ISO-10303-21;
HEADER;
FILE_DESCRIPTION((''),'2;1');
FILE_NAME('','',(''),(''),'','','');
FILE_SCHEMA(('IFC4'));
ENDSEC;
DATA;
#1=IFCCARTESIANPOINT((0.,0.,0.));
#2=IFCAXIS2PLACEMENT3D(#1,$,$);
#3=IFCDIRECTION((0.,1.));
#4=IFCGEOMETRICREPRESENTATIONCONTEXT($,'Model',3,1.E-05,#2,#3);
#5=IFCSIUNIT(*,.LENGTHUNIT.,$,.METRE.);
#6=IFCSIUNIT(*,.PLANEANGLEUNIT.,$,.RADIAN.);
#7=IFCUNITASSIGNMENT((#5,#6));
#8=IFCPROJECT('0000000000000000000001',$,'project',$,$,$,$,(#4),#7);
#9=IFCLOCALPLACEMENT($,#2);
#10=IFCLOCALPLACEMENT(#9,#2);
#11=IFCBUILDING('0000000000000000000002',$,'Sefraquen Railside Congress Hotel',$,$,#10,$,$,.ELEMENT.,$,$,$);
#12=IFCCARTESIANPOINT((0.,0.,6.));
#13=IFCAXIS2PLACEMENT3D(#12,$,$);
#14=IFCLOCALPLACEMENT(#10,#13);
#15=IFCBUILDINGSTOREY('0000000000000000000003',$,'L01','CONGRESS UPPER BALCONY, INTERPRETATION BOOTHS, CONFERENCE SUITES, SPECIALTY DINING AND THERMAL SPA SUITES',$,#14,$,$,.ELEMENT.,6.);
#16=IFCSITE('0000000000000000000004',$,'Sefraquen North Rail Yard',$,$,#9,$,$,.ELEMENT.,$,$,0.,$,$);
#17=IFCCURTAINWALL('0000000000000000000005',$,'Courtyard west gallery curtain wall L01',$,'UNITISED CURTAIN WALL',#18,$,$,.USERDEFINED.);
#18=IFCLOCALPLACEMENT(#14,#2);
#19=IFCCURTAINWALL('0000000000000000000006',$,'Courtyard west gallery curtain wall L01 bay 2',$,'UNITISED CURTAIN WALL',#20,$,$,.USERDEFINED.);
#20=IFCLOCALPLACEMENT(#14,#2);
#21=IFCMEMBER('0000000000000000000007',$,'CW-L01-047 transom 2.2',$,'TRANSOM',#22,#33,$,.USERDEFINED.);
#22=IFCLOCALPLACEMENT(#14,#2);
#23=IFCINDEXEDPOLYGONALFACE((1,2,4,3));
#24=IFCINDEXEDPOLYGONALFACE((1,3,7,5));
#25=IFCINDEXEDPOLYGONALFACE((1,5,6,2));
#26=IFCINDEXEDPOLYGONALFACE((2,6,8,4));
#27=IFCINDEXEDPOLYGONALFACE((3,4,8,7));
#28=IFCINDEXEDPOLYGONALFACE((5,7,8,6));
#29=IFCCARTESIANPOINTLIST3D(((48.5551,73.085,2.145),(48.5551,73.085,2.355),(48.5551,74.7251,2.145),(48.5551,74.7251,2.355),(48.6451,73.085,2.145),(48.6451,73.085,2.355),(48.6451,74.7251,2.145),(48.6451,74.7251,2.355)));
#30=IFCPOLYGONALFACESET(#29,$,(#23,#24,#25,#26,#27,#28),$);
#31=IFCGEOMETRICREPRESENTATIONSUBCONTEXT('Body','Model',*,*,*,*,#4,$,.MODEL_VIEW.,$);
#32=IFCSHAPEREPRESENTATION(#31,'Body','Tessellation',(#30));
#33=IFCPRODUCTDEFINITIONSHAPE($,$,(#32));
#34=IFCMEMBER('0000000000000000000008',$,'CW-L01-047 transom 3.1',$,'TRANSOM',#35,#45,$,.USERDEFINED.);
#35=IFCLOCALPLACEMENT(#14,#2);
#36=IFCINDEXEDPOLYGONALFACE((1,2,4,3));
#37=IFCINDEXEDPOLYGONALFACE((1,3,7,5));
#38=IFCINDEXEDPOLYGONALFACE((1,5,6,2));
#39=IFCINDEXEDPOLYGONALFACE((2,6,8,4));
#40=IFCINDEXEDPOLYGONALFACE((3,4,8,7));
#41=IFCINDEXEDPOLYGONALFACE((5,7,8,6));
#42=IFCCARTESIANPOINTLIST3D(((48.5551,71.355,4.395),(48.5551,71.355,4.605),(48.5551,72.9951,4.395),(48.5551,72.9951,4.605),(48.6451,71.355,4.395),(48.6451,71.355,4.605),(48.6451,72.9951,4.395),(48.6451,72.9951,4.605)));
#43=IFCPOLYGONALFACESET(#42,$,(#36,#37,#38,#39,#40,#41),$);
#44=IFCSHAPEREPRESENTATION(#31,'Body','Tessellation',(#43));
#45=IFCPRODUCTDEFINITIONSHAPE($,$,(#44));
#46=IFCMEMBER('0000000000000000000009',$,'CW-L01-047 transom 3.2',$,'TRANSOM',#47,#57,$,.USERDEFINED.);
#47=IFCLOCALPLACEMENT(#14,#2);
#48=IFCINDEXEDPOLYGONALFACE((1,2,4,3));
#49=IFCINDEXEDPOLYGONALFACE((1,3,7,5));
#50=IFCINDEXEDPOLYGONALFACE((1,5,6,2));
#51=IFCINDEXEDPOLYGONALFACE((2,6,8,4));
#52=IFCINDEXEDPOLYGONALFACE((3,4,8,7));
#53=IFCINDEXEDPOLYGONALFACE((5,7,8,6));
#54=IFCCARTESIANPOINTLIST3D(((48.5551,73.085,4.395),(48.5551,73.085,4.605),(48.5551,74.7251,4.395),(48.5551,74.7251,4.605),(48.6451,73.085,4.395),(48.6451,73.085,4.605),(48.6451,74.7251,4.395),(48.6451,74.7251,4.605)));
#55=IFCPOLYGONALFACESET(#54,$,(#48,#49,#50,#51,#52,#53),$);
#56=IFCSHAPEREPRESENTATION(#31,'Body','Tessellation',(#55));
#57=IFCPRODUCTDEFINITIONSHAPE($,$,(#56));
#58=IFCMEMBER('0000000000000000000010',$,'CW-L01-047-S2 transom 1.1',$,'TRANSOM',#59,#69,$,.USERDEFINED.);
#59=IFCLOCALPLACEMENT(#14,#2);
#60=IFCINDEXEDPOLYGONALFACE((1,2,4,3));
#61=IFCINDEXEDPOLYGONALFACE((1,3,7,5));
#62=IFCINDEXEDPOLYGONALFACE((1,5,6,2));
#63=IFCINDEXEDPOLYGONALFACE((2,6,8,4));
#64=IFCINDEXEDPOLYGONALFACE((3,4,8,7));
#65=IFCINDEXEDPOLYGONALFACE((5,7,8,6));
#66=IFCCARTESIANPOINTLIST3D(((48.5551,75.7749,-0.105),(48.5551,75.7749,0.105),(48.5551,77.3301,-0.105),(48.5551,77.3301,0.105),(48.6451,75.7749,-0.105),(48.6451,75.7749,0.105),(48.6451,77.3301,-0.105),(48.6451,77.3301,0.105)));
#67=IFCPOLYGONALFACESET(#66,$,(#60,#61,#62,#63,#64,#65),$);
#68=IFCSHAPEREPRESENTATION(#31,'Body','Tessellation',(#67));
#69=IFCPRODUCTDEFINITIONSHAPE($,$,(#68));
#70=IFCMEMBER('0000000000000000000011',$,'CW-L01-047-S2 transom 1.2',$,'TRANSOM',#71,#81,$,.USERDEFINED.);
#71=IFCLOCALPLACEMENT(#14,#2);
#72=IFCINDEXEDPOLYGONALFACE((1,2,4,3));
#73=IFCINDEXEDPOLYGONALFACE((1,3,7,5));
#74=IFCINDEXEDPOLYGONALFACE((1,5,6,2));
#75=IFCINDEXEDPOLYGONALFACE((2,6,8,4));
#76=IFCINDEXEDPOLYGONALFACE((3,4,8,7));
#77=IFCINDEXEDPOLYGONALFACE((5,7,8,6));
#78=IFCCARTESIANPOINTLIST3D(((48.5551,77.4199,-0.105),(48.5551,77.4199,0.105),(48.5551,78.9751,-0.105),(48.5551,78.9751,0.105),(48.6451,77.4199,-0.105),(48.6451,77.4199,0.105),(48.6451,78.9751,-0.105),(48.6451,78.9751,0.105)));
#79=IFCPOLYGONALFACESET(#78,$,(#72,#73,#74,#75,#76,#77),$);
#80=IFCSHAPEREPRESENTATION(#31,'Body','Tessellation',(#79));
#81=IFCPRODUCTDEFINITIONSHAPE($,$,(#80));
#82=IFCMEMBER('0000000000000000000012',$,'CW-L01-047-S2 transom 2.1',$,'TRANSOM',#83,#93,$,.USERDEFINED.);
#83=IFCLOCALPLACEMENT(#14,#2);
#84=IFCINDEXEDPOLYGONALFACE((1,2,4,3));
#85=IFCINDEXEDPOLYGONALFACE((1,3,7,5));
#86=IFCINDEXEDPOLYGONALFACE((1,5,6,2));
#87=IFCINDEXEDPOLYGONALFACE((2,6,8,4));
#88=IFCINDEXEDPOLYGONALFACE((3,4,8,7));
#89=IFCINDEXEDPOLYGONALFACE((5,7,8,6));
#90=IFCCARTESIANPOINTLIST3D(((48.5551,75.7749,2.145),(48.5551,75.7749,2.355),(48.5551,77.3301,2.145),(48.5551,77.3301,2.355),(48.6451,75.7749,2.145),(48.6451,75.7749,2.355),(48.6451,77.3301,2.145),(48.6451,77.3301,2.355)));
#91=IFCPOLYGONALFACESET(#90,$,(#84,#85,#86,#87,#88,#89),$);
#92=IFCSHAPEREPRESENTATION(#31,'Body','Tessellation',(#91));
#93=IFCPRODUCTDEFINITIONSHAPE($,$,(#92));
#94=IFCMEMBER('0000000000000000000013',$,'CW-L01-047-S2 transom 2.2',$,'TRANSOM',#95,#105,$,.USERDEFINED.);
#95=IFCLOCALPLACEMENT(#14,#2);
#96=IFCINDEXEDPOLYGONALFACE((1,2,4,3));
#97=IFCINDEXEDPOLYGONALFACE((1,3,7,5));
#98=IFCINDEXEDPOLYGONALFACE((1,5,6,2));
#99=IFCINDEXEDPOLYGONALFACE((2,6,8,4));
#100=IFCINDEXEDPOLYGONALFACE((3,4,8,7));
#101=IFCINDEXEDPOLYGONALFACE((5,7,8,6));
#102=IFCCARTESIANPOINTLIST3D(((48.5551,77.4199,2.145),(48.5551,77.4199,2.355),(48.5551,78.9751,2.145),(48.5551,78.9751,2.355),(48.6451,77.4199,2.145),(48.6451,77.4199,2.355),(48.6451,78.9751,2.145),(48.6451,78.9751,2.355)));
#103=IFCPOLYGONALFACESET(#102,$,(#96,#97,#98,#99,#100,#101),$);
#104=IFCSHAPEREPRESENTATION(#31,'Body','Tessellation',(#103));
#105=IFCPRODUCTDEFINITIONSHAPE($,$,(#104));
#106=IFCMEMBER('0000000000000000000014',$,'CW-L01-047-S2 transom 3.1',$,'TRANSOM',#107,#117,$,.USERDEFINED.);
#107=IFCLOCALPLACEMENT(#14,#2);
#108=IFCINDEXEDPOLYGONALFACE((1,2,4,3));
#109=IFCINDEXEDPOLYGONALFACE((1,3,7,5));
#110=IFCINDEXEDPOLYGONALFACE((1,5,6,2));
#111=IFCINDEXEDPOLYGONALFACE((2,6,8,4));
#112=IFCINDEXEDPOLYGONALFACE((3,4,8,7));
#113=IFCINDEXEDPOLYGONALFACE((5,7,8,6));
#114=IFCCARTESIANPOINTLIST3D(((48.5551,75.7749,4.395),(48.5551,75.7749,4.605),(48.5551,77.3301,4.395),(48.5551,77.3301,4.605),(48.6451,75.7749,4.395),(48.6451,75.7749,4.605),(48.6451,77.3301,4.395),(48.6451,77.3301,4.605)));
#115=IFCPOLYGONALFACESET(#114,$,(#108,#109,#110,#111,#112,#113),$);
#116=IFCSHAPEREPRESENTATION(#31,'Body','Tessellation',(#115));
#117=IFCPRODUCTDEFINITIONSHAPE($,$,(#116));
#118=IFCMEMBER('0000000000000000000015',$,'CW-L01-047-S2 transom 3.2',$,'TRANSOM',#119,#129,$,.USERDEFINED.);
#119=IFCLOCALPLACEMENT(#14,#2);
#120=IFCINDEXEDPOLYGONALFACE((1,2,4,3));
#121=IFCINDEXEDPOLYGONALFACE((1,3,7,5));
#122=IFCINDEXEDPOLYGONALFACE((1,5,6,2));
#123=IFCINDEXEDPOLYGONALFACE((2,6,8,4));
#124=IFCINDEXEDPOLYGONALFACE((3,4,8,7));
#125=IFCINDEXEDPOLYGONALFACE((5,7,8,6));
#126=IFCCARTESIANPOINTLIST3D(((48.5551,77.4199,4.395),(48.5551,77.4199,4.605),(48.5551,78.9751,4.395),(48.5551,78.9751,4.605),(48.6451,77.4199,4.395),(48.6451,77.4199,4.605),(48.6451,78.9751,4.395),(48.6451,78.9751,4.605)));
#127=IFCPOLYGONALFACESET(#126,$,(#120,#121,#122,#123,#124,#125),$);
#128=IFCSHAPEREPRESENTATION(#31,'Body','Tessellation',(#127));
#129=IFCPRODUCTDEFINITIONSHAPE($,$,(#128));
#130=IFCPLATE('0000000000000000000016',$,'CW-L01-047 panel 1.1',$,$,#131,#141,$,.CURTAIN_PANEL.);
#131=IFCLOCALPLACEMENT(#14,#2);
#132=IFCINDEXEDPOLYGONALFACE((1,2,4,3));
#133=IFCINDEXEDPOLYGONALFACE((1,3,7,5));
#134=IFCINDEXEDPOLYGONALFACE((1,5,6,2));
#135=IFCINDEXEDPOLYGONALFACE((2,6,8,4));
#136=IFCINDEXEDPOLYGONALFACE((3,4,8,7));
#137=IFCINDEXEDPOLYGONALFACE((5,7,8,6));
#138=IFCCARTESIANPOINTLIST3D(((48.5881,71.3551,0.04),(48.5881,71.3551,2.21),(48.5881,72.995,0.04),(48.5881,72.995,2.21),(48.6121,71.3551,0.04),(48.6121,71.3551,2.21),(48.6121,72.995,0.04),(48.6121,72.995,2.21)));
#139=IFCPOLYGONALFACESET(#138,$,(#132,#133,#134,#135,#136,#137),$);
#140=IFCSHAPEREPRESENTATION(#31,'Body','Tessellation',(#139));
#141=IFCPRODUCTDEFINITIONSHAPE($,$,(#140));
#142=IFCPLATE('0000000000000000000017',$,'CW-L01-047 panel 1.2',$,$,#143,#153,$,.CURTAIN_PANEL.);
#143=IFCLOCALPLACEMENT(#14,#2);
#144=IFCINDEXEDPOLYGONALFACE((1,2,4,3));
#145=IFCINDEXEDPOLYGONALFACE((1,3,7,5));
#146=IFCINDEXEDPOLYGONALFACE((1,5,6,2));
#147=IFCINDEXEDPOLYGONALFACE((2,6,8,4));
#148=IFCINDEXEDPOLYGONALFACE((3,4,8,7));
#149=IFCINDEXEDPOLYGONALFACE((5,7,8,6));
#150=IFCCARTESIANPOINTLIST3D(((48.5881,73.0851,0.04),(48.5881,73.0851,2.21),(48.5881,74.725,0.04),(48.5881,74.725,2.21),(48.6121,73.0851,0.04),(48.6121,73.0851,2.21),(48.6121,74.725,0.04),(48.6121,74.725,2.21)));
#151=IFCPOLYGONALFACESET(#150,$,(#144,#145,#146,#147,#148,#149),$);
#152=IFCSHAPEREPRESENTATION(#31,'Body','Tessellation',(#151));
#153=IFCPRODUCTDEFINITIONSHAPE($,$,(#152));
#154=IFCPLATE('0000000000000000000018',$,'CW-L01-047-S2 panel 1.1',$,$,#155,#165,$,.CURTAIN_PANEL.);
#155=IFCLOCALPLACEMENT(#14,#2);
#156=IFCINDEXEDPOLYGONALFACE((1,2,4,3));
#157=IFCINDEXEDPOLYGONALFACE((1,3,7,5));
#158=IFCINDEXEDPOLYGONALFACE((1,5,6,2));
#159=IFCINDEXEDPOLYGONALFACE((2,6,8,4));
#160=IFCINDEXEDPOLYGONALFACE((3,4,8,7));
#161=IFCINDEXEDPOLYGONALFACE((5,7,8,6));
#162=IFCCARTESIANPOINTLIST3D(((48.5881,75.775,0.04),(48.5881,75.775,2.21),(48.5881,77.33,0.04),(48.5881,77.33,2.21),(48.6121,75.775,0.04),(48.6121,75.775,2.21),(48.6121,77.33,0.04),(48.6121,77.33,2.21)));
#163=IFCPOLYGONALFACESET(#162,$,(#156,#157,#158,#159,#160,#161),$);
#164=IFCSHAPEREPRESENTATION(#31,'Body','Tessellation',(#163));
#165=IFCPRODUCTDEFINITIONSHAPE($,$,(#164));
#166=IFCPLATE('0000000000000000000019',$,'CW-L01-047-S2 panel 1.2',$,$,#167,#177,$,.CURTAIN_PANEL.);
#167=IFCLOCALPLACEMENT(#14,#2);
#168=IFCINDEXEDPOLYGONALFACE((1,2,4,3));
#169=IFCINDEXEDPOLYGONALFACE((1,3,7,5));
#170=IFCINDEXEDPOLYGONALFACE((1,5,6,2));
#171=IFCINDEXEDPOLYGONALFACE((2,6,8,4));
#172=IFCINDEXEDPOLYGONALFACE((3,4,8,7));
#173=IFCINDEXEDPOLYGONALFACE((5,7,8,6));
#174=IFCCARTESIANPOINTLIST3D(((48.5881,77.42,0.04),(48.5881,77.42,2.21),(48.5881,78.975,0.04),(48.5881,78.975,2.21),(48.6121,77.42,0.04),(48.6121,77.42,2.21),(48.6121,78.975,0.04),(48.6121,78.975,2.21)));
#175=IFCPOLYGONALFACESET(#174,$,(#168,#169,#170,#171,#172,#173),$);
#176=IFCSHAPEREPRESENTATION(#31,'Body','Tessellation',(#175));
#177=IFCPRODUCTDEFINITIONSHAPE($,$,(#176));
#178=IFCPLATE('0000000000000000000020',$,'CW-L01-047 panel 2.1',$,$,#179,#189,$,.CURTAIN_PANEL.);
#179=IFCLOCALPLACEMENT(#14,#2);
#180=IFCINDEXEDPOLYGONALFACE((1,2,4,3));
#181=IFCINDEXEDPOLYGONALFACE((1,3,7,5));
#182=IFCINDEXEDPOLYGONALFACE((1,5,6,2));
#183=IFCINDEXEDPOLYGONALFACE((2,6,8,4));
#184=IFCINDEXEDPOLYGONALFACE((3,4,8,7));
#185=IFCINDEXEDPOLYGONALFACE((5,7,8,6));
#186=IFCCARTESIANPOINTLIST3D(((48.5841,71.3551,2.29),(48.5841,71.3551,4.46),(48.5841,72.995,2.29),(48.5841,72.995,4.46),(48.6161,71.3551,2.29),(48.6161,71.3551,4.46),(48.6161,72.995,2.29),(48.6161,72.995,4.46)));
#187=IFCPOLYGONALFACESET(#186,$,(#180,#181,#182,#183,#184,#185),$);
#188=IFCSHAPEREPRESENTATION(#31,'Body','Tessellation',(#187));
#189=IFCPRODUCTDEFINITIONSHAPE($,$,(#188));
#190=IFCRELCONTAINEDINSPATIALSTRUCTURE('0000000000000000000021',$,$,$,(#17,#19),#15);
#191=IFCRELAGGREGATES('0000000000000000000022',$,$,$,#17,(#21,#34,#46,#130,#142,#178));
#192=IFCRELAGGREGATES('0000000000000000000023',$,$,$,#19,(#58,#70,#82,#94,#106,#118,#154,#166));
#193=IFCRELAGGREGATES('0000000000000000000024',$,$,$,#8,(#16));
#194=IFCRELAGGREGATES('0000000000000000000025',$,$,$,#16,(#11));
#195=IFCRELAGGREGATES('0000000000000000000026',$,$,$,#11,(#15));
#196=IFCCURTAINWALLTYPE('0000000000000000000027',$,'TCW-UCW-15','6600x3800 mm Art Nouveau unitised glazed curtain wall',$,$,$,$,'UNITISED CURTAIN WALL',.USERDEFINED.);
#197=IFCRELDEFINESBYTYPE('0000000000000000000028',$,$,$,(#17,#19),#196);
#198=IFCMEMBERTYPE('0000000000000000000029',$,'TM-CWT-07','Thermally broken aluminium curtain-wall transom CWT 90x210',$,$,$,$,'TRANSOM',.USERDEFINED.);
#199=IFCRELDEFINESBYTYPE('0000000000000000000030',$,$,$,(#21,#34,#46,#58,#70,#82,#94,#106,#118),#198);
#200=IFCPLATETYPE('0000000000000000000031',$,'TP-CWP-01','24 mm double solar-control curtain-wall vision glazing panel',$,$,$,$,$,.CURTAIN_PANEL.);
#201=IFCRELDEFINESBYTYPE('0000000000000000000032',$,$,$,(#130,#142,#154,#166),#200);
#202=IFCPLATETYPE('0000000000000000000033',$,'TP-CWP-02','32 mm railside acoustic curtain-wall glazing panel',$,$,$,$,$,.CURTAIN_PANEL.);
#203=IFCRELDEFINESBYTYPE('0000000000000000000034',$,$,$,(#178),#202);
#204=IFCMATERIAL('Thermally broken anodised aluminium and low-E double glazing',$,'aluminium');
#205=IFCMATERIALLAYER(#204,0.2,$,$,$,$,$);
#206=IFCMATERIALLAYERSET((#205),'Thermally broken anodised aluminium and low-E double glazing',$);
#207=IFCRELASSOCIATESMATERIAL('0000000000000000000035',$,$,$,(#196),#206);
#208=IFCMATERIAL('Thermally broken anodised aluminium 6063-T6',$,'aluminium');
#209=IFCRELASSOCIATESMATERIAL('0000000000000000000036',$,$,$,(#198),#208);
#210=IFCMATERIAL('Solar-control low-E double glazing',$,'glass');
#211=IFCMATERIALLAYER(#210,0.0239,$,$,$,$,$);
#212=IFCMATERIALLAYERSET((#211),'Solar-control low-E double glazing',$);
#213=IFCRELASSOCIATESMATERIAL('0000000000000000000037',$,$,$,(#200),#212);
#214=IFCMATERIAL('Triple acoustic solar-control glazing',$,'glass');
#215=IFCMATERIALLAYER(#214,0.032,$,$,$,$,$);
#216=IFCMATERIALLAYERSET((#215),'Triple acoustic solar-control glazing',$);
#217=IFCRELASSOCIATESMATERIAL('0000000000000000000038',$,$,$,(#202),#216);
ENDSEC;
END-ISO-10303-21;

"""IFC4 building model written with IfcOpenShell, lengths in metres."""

from ifc_helpers import new_model, si_unit, direction, frame, origin, origin_2d, place, context, subcontext, project, spatial, rectangle, extrude, material, layer, layer_set, material_profile, profile_set, type_object, element, aggregate, save


model = new_model("IFC4")

# Units and contexts
model_context = context("Model", 3, precision=1e-05, world=origin(), true_north=direction((0.0, 1.0)))
body_context = subcontext(model_context, "Body", "Model", "MODEL_VIEW")
ifc_project = project(units=[si_unit("LENGTHUNIT", "METRE"), si_unit("PLANEANGLEUNIT", "RADIAN")], contexts=[model_context])

# Site, building, storey
site_placement = place(None, origin())
site = spatial("IfcSite", under=ifc_project, at=site_placement, Name="Sefraquen North Rail Yard", CompositionType="ELEMENT", RefElevation=0.0)
building_placement = place(site_placement, origin())
building = spatial("IfcBuilding", under=site, at=building_placement, Name="Sefraquen Railside Congress Hotel", CompositionType="ELEMENT")
storey_placement = place(building_placement, frame((0.0, 0.0, 6.0)))
storey = spatial("IfcBuildingStorey", under=building, at=storey_placement, Name="L01", Description="CONGRESS UPPER BALCONY, INTERPRETATION BOOTHS, CONFERENCE SUITES, SPECIALTY DINING AND THERMAL SPA SUITES", CompositionType="ELEMENT", Elevation=6.0)

# Curtain walls
ifc_material_1 = material(Name="Thermally broken anodised aluminium and low-E double glazing", Category="aluminium")
ifc_layer_1 = layer(ifc_material_1, 0.2)
ifc_layer_set_1 = layer_set([ifc_layer_1], Name="Thermally broken anodised aluminium and low-E double glazing")
curtain_wall_type = type_object("IfcCurtainWallType", Name="TCW-UCW-15", Description="6600x3800 mm Art Nouveau unitised glazed curtain wall", ElementType="UNITISED CURTAIN WALL", PredefinedType="USERDEFINED", material=ifc_layer_set_1)
curtain_wall_1_placement = place(storey_placement, origin())
curtain_wall_1 = element("IfcCurtainWall", 1, at=curtain_wall_1_placement, inside=storey, type_object=curtain_wall_type, Name="Courtyard west gallery curtain wall L01", ObjectType="UNITISED CURTAIN WALL", PredefinedType="USERDEFINED")
ifc_material_2 = material(Name="Thermally broken anodised aluminium 6063-T6", Category="aluminium")
curtain_wall_2_placement = place(storey_placement, origin())
curtain_wall_2 = element("IfcCurtainWall", 2, at=curtain_wall_2_placement, inside=storey, type_object=curtain_wall_type, Name="Courtyard west gallery curtain wall L01 bay 2", ObjectType="UNITISED CURTAIN WALL", PredefinedType="USERDEFINED")

# Members
ifc_material_profile_1 = material_profile(ifc_material_2, rectangle(XDim=0.0901, YDim=0.21, at=origin_2d()), Name="CWT 90x210")
ifc_profile_set_1 = profile_set([ifc_material_profile_1], Name="Thermally broken anodised aluminium 6063-T6")
member_type_1 = type_object("IfcMemberType", Name="TM-CWT-07", Description="Thermally broken aluminium curtain-wall transom CWT 90x210", ElementType="TRANSOM", PredefinedType="USERDEFINED", material=ifc_profile_set_1)
member_1_placement = place(storey_placement, frame((48.6001, 73.085, 2.25), z_axis=(0.0, 1.0, 0.0), x_axis=(-1.0, 0.0, 0.0)))
member_1 = element("IfcMember", 3, at=member_1_placement, type_object=member_type_1, Name="CW-L01-047 transom 2.2", ObjectType="TRANSOM", PredefinedType="USERDEFINED", context=body_context, shape_type="SweptSolid", body=[
    extrude(rectangle(XDim=0.0901, YDim=0.21, at=origin_2d()), origin(), (0.0, 0.0, 1.0), 1.6401),
])
member_2_placement = place(storey_placement, frame((48.6001, 71.355, 4.5), z_axis=(0.0, 1.0, 0.0), x_axis=(-1.0, 0.0, 0.0)))
member_2 = element("IfcMember", 4, at=member_2_placement, type_object=member_type_1, Name="CW-L01-047 transom 3.1", ObjectType="TRANSOM", PredefinedType="USERDEFINED", context=body_context, shape_type="SweptSolid", body=[
    extrude(rectangle(XDim=0.0901, YDim=0.21, at=origin_2d()), origin(), (0.0, 0.0, 1.0), 1.6401),
])
member_3_placement = place(storey_placement, frame((48.6001, 73.085, 4.5), z_axis=(0.0, 1.0, 0.0), x_axis=(-1.0, 0.0, 0.0)))
member_3 = element("IfcMember", 5, at=member_3_placement, type_object=member_type_1, Name="CW-L01-047 transom 3.2", ObjectType="TRANSOM", PredefinedType="USERDEFINED", context=body_context, shape_type="SweptSolid", body=[
    extrude(rectangle(XDim=0.0901, YDim=0.21, at=origin_2d()), origin(), (0.0, 0.0, 1.0), 1.6401),
])
member_4_placement = place(storey_placement, frame((48.6001, 75.7749, 0.0), z_axis=(0.0, 1.0, 0.0), x_axis=(-1.0, 0.0, 0.0)))
member_4 = element("IfcMember", 6, at=member_4_placement, type_object=member_type_1, Name="CW-L01-047-S2 transom 1.1", ObjectType="TRANSOM", PredefinedType="USERDEFINED", context=body_context, shape_type="SweptSolid", body=[
    extrude(rectangle(XDim=0.0901, YDim=0.21, at=origin_2d()), origin(), (0.0, 0.0, 1.0), 1.5552),
])
member_5_placement = place(storey_placement, frame((48.6001, 77.4199, 0.0), z_axis=(0.0, 1.0, 0.0), x_axis=(-1.0, 0.0, 0.0)))
member_5 = element("IfcMember", 7, at=member_5_placement, type_object=member_type_1, Name="CW-L01-047-S2 transom 1.2", ObjectType="TRANSOM", PredefinedType="USERDEFINED", context=body_context, shape_type="SweptSolid", body=[
    extrude(rectangle(XDim=0.0901, YDim=0.21, at=origin_2d()), origin(), (0.0, 0.0, 1.0), 1.5552),
])
member_6_placement = place(storey_placement, frame((48.6001, 75.7749, 2.25), z_axis=(0.0, 1.0, 0.0), x_axis=(-1.0, 0.0, 0.0)))
member_6 = element("IfcMember", 8, at=member_6_placement, type_object=member_type_1, Name="CW-L01-047-S2 transom 2.1", ObjectType="TRANSOM", PredefinedType="USERDEFINED", context=body_context, shape_type="SweptSolid", body=[
    extrude(rectangle(XDim=0.0901, YDim=0.21, at=origin_2d()), origin(), (0.0, 0.0, 1.0), 1.5552),
])
member_7_placement = place(storey_placement, frame((48.6001, 77.4199, 2.25), z_axis=(0.0, 1.0, 0.0), x_axis=(-1.0, 0.0, 0.0)))
member_7 = element("IfcMember", 9, at=member_7_placement, type_object=member_type_1, Name="CW-L01-047-S2 transom 2.2", ObjectType="TRANSOM", PredefinedType="USERDEFINED", context=body_context, shape_type="SweptSolid", body=[
    extrude(rectangle(XDim=0.0901, YDim=0.21, at=origin_2d()), origin(), (0.0, 0.0, 1.0), 1.5552),
])
member_8_placement = place(storey_placement, frame((48.6001, 75.7749, 4.5), z_axis=(0.0, 1.0, 0.0), x_axis=(-1.0, 0.0, 0.0)))
member_8 = element("IfcMember", 10, at=member_8_placement, type_object=member_type_1, Name="CW-L01-047-S2 transom 3.1", ObjectType="TRANSOM", PredefinedType="USERDEFINED", context=body_context, shape_type="SweptSolid", body=[
    extrude(rectangle(XDim=0.0901, YDim=0.21, at=origin_2d()), origin(), (0.0, 0.0, 1.0), 1.5552),
])
member_9_placement = place(storey_placement, frame((48.6001, 77.4199, 4.5), z_axis=(0.0, 1.0, 0.0), x_axis=(-1.0, 0.0, 0.0)))
member_9 = element("IfcMember", 11, at=member_9_placement, type_object=member_type_1, Name="CW-L01-047-S2 transom 3.2", ObjectType="TRANSOM", PredefinedType="USERDEFINED", context=body_context, shape_type="SweptSolid", body=[
    extrude(rectangle(XDim=0.0901, YDim=0.21, at=origin_2d()), origin(), (0.0, 0.0, 1.0), 1.5552),
])

# Plates
ifc_material_3 = material(Name="Solar-control low-E double glazing", Category="glass")
ifc_layer_2 = layer(ifc_material_3, 0.0239)
ifc_layer_set_2 = layer_set([ifc_layer_2], Name="Solar-control low-E double glazing")
plate_type_1 = type_object("IfcPlateType", Name="TP-CWP-01", Description="24 mm double solar-control curtain-wall vision glazing panel", PredefinedType="CURTAIN_PANEL", material=ifc_layer_set_2)
plate_1_placement = place(storey_placement, frame((48.6001, 72.175, 0.04), z_axis=(0.0, 0.0, 1.0), x_axis=(0.0, 1.0, 0.0)))
plate_1 = element("IfcPlate", 12, at=plate_1_placement, type_object=plate_type_1, Name="CW-L01-047 panel 1.1", PredefinedType="CURTAIN_PANEL", context=body_context, shape_type="SweptSolid", body=[
    extrude(rectangle(XDim=1.6399, YDim=0.0239, at=origin_2d()), origin(), (0.0, 0.0, 1.0), 2.1699),
])
plate_2_placement = place(storey_placement, frame((48.6001, 73.905, 0.04), z_axis=(0.0, 0.0, 1.0), x_axis=(0.0, 1.0, 0.0)))
plate_2 = element("IfcPlate", 13, at=plate_2_placement, type_object=plate_type_1, Name="CW-L01-047 panel 1.2", PredefinedType="CURTAIN_PANEL", context=body_context, shape_type="SweptSolid", body=[
    extrude(rectangle(XDim=1.6399, YDim=0.0239, at=origin_2d()), origin(), (0.0, 0.0, 1.0), 2.1699),
])
plate_3_placement = place(storey_placement, frame((48.6001, 76.5525, 0.04), z_axis=(0.0, 0.0, 1.0), x_axis=(0.0, 1.0, 0.0)))
plate_3 = element("IfcPlate", 14, at=plate_3_placement, type_object=plate_type_1, Name="CW-L01-047-S2 panel 1.1", PredefinedType="CURTAIN_PANEL", context=body_context, shape_type="SweptSolid", body=[
    extrude(rectangle(XDim=1.5549, YDim=0.0239, at=origin_2d()), origin(), (0.0, 0.0, 1.0), 2.1699),
])
plate_4_placement = place(storey_placement, frame((48.6001, 78.1975, 0.04), z_axis=(0.0, 0.0, 1.0), x_axis=(0.0, 1.0, 0.0)))
plate_4 = element("IfcPlate", 15, at=plate_4_placement, type_object=plate_type_1, Name="CW-L01-047-S2 panel 1.2", PredefinedType="CURTAIN_PANEL", context=body_context, shape_type="SweptSolid", body=[
    extrude(rectangle(XDim=1.5549, YDim=0.0239, at=origin_2d()), origin(), (0.0, 0.0, 1.0), 2.1699),
])
ifc_material_4 = material(Name="Triple acoustic solar-control glazing", Category="glass")
ifc_layer_3 = layer(ifc_material_4, 0.032)
ifc_layer_set_3 = layer_set([ifc_layer_3], Name="Triple acoustic solar-control glazing")
plate_type_2 = type_object("IfcPlateType", Name="TP-CWP-02", Description="32 mm railside acoustic curtain-wall glazing panel", PredefinedType="CURTAIN_PANEL", material=ifc_layer_set_3)
plate_5_placement = place(storey_placement, frame((48.6001, 72.175, 2.29), z_axis=(0.0, 0.0, 1.0), x_axis=(0.0, 1.0, 0.0)))
plate_5 = element("IfcPlate", 16, at=plate_5_placement, type_object=plate_type_2, Name="CW-L01-047 panel 2.1", PredefinedType="CURTAIN_PANEL", context=body_context, shape_type="SweptSolid", body=[
    extrude(rectangle(XDim=1.6399, YDim=0.032, at=origin_2d()), origin(), (0.0, 0.0, 1.0), 2.1699),
])
aggregate(curtain_wall_1, [member_1, member_2, member_3, plate_1, plate_2, plate_5])
aggregate(curtain_wall_2, [member_4, member_5, member_6, member_7, member_8, member_9, plate_3, plate_4])

save(model, "model.ifc")
